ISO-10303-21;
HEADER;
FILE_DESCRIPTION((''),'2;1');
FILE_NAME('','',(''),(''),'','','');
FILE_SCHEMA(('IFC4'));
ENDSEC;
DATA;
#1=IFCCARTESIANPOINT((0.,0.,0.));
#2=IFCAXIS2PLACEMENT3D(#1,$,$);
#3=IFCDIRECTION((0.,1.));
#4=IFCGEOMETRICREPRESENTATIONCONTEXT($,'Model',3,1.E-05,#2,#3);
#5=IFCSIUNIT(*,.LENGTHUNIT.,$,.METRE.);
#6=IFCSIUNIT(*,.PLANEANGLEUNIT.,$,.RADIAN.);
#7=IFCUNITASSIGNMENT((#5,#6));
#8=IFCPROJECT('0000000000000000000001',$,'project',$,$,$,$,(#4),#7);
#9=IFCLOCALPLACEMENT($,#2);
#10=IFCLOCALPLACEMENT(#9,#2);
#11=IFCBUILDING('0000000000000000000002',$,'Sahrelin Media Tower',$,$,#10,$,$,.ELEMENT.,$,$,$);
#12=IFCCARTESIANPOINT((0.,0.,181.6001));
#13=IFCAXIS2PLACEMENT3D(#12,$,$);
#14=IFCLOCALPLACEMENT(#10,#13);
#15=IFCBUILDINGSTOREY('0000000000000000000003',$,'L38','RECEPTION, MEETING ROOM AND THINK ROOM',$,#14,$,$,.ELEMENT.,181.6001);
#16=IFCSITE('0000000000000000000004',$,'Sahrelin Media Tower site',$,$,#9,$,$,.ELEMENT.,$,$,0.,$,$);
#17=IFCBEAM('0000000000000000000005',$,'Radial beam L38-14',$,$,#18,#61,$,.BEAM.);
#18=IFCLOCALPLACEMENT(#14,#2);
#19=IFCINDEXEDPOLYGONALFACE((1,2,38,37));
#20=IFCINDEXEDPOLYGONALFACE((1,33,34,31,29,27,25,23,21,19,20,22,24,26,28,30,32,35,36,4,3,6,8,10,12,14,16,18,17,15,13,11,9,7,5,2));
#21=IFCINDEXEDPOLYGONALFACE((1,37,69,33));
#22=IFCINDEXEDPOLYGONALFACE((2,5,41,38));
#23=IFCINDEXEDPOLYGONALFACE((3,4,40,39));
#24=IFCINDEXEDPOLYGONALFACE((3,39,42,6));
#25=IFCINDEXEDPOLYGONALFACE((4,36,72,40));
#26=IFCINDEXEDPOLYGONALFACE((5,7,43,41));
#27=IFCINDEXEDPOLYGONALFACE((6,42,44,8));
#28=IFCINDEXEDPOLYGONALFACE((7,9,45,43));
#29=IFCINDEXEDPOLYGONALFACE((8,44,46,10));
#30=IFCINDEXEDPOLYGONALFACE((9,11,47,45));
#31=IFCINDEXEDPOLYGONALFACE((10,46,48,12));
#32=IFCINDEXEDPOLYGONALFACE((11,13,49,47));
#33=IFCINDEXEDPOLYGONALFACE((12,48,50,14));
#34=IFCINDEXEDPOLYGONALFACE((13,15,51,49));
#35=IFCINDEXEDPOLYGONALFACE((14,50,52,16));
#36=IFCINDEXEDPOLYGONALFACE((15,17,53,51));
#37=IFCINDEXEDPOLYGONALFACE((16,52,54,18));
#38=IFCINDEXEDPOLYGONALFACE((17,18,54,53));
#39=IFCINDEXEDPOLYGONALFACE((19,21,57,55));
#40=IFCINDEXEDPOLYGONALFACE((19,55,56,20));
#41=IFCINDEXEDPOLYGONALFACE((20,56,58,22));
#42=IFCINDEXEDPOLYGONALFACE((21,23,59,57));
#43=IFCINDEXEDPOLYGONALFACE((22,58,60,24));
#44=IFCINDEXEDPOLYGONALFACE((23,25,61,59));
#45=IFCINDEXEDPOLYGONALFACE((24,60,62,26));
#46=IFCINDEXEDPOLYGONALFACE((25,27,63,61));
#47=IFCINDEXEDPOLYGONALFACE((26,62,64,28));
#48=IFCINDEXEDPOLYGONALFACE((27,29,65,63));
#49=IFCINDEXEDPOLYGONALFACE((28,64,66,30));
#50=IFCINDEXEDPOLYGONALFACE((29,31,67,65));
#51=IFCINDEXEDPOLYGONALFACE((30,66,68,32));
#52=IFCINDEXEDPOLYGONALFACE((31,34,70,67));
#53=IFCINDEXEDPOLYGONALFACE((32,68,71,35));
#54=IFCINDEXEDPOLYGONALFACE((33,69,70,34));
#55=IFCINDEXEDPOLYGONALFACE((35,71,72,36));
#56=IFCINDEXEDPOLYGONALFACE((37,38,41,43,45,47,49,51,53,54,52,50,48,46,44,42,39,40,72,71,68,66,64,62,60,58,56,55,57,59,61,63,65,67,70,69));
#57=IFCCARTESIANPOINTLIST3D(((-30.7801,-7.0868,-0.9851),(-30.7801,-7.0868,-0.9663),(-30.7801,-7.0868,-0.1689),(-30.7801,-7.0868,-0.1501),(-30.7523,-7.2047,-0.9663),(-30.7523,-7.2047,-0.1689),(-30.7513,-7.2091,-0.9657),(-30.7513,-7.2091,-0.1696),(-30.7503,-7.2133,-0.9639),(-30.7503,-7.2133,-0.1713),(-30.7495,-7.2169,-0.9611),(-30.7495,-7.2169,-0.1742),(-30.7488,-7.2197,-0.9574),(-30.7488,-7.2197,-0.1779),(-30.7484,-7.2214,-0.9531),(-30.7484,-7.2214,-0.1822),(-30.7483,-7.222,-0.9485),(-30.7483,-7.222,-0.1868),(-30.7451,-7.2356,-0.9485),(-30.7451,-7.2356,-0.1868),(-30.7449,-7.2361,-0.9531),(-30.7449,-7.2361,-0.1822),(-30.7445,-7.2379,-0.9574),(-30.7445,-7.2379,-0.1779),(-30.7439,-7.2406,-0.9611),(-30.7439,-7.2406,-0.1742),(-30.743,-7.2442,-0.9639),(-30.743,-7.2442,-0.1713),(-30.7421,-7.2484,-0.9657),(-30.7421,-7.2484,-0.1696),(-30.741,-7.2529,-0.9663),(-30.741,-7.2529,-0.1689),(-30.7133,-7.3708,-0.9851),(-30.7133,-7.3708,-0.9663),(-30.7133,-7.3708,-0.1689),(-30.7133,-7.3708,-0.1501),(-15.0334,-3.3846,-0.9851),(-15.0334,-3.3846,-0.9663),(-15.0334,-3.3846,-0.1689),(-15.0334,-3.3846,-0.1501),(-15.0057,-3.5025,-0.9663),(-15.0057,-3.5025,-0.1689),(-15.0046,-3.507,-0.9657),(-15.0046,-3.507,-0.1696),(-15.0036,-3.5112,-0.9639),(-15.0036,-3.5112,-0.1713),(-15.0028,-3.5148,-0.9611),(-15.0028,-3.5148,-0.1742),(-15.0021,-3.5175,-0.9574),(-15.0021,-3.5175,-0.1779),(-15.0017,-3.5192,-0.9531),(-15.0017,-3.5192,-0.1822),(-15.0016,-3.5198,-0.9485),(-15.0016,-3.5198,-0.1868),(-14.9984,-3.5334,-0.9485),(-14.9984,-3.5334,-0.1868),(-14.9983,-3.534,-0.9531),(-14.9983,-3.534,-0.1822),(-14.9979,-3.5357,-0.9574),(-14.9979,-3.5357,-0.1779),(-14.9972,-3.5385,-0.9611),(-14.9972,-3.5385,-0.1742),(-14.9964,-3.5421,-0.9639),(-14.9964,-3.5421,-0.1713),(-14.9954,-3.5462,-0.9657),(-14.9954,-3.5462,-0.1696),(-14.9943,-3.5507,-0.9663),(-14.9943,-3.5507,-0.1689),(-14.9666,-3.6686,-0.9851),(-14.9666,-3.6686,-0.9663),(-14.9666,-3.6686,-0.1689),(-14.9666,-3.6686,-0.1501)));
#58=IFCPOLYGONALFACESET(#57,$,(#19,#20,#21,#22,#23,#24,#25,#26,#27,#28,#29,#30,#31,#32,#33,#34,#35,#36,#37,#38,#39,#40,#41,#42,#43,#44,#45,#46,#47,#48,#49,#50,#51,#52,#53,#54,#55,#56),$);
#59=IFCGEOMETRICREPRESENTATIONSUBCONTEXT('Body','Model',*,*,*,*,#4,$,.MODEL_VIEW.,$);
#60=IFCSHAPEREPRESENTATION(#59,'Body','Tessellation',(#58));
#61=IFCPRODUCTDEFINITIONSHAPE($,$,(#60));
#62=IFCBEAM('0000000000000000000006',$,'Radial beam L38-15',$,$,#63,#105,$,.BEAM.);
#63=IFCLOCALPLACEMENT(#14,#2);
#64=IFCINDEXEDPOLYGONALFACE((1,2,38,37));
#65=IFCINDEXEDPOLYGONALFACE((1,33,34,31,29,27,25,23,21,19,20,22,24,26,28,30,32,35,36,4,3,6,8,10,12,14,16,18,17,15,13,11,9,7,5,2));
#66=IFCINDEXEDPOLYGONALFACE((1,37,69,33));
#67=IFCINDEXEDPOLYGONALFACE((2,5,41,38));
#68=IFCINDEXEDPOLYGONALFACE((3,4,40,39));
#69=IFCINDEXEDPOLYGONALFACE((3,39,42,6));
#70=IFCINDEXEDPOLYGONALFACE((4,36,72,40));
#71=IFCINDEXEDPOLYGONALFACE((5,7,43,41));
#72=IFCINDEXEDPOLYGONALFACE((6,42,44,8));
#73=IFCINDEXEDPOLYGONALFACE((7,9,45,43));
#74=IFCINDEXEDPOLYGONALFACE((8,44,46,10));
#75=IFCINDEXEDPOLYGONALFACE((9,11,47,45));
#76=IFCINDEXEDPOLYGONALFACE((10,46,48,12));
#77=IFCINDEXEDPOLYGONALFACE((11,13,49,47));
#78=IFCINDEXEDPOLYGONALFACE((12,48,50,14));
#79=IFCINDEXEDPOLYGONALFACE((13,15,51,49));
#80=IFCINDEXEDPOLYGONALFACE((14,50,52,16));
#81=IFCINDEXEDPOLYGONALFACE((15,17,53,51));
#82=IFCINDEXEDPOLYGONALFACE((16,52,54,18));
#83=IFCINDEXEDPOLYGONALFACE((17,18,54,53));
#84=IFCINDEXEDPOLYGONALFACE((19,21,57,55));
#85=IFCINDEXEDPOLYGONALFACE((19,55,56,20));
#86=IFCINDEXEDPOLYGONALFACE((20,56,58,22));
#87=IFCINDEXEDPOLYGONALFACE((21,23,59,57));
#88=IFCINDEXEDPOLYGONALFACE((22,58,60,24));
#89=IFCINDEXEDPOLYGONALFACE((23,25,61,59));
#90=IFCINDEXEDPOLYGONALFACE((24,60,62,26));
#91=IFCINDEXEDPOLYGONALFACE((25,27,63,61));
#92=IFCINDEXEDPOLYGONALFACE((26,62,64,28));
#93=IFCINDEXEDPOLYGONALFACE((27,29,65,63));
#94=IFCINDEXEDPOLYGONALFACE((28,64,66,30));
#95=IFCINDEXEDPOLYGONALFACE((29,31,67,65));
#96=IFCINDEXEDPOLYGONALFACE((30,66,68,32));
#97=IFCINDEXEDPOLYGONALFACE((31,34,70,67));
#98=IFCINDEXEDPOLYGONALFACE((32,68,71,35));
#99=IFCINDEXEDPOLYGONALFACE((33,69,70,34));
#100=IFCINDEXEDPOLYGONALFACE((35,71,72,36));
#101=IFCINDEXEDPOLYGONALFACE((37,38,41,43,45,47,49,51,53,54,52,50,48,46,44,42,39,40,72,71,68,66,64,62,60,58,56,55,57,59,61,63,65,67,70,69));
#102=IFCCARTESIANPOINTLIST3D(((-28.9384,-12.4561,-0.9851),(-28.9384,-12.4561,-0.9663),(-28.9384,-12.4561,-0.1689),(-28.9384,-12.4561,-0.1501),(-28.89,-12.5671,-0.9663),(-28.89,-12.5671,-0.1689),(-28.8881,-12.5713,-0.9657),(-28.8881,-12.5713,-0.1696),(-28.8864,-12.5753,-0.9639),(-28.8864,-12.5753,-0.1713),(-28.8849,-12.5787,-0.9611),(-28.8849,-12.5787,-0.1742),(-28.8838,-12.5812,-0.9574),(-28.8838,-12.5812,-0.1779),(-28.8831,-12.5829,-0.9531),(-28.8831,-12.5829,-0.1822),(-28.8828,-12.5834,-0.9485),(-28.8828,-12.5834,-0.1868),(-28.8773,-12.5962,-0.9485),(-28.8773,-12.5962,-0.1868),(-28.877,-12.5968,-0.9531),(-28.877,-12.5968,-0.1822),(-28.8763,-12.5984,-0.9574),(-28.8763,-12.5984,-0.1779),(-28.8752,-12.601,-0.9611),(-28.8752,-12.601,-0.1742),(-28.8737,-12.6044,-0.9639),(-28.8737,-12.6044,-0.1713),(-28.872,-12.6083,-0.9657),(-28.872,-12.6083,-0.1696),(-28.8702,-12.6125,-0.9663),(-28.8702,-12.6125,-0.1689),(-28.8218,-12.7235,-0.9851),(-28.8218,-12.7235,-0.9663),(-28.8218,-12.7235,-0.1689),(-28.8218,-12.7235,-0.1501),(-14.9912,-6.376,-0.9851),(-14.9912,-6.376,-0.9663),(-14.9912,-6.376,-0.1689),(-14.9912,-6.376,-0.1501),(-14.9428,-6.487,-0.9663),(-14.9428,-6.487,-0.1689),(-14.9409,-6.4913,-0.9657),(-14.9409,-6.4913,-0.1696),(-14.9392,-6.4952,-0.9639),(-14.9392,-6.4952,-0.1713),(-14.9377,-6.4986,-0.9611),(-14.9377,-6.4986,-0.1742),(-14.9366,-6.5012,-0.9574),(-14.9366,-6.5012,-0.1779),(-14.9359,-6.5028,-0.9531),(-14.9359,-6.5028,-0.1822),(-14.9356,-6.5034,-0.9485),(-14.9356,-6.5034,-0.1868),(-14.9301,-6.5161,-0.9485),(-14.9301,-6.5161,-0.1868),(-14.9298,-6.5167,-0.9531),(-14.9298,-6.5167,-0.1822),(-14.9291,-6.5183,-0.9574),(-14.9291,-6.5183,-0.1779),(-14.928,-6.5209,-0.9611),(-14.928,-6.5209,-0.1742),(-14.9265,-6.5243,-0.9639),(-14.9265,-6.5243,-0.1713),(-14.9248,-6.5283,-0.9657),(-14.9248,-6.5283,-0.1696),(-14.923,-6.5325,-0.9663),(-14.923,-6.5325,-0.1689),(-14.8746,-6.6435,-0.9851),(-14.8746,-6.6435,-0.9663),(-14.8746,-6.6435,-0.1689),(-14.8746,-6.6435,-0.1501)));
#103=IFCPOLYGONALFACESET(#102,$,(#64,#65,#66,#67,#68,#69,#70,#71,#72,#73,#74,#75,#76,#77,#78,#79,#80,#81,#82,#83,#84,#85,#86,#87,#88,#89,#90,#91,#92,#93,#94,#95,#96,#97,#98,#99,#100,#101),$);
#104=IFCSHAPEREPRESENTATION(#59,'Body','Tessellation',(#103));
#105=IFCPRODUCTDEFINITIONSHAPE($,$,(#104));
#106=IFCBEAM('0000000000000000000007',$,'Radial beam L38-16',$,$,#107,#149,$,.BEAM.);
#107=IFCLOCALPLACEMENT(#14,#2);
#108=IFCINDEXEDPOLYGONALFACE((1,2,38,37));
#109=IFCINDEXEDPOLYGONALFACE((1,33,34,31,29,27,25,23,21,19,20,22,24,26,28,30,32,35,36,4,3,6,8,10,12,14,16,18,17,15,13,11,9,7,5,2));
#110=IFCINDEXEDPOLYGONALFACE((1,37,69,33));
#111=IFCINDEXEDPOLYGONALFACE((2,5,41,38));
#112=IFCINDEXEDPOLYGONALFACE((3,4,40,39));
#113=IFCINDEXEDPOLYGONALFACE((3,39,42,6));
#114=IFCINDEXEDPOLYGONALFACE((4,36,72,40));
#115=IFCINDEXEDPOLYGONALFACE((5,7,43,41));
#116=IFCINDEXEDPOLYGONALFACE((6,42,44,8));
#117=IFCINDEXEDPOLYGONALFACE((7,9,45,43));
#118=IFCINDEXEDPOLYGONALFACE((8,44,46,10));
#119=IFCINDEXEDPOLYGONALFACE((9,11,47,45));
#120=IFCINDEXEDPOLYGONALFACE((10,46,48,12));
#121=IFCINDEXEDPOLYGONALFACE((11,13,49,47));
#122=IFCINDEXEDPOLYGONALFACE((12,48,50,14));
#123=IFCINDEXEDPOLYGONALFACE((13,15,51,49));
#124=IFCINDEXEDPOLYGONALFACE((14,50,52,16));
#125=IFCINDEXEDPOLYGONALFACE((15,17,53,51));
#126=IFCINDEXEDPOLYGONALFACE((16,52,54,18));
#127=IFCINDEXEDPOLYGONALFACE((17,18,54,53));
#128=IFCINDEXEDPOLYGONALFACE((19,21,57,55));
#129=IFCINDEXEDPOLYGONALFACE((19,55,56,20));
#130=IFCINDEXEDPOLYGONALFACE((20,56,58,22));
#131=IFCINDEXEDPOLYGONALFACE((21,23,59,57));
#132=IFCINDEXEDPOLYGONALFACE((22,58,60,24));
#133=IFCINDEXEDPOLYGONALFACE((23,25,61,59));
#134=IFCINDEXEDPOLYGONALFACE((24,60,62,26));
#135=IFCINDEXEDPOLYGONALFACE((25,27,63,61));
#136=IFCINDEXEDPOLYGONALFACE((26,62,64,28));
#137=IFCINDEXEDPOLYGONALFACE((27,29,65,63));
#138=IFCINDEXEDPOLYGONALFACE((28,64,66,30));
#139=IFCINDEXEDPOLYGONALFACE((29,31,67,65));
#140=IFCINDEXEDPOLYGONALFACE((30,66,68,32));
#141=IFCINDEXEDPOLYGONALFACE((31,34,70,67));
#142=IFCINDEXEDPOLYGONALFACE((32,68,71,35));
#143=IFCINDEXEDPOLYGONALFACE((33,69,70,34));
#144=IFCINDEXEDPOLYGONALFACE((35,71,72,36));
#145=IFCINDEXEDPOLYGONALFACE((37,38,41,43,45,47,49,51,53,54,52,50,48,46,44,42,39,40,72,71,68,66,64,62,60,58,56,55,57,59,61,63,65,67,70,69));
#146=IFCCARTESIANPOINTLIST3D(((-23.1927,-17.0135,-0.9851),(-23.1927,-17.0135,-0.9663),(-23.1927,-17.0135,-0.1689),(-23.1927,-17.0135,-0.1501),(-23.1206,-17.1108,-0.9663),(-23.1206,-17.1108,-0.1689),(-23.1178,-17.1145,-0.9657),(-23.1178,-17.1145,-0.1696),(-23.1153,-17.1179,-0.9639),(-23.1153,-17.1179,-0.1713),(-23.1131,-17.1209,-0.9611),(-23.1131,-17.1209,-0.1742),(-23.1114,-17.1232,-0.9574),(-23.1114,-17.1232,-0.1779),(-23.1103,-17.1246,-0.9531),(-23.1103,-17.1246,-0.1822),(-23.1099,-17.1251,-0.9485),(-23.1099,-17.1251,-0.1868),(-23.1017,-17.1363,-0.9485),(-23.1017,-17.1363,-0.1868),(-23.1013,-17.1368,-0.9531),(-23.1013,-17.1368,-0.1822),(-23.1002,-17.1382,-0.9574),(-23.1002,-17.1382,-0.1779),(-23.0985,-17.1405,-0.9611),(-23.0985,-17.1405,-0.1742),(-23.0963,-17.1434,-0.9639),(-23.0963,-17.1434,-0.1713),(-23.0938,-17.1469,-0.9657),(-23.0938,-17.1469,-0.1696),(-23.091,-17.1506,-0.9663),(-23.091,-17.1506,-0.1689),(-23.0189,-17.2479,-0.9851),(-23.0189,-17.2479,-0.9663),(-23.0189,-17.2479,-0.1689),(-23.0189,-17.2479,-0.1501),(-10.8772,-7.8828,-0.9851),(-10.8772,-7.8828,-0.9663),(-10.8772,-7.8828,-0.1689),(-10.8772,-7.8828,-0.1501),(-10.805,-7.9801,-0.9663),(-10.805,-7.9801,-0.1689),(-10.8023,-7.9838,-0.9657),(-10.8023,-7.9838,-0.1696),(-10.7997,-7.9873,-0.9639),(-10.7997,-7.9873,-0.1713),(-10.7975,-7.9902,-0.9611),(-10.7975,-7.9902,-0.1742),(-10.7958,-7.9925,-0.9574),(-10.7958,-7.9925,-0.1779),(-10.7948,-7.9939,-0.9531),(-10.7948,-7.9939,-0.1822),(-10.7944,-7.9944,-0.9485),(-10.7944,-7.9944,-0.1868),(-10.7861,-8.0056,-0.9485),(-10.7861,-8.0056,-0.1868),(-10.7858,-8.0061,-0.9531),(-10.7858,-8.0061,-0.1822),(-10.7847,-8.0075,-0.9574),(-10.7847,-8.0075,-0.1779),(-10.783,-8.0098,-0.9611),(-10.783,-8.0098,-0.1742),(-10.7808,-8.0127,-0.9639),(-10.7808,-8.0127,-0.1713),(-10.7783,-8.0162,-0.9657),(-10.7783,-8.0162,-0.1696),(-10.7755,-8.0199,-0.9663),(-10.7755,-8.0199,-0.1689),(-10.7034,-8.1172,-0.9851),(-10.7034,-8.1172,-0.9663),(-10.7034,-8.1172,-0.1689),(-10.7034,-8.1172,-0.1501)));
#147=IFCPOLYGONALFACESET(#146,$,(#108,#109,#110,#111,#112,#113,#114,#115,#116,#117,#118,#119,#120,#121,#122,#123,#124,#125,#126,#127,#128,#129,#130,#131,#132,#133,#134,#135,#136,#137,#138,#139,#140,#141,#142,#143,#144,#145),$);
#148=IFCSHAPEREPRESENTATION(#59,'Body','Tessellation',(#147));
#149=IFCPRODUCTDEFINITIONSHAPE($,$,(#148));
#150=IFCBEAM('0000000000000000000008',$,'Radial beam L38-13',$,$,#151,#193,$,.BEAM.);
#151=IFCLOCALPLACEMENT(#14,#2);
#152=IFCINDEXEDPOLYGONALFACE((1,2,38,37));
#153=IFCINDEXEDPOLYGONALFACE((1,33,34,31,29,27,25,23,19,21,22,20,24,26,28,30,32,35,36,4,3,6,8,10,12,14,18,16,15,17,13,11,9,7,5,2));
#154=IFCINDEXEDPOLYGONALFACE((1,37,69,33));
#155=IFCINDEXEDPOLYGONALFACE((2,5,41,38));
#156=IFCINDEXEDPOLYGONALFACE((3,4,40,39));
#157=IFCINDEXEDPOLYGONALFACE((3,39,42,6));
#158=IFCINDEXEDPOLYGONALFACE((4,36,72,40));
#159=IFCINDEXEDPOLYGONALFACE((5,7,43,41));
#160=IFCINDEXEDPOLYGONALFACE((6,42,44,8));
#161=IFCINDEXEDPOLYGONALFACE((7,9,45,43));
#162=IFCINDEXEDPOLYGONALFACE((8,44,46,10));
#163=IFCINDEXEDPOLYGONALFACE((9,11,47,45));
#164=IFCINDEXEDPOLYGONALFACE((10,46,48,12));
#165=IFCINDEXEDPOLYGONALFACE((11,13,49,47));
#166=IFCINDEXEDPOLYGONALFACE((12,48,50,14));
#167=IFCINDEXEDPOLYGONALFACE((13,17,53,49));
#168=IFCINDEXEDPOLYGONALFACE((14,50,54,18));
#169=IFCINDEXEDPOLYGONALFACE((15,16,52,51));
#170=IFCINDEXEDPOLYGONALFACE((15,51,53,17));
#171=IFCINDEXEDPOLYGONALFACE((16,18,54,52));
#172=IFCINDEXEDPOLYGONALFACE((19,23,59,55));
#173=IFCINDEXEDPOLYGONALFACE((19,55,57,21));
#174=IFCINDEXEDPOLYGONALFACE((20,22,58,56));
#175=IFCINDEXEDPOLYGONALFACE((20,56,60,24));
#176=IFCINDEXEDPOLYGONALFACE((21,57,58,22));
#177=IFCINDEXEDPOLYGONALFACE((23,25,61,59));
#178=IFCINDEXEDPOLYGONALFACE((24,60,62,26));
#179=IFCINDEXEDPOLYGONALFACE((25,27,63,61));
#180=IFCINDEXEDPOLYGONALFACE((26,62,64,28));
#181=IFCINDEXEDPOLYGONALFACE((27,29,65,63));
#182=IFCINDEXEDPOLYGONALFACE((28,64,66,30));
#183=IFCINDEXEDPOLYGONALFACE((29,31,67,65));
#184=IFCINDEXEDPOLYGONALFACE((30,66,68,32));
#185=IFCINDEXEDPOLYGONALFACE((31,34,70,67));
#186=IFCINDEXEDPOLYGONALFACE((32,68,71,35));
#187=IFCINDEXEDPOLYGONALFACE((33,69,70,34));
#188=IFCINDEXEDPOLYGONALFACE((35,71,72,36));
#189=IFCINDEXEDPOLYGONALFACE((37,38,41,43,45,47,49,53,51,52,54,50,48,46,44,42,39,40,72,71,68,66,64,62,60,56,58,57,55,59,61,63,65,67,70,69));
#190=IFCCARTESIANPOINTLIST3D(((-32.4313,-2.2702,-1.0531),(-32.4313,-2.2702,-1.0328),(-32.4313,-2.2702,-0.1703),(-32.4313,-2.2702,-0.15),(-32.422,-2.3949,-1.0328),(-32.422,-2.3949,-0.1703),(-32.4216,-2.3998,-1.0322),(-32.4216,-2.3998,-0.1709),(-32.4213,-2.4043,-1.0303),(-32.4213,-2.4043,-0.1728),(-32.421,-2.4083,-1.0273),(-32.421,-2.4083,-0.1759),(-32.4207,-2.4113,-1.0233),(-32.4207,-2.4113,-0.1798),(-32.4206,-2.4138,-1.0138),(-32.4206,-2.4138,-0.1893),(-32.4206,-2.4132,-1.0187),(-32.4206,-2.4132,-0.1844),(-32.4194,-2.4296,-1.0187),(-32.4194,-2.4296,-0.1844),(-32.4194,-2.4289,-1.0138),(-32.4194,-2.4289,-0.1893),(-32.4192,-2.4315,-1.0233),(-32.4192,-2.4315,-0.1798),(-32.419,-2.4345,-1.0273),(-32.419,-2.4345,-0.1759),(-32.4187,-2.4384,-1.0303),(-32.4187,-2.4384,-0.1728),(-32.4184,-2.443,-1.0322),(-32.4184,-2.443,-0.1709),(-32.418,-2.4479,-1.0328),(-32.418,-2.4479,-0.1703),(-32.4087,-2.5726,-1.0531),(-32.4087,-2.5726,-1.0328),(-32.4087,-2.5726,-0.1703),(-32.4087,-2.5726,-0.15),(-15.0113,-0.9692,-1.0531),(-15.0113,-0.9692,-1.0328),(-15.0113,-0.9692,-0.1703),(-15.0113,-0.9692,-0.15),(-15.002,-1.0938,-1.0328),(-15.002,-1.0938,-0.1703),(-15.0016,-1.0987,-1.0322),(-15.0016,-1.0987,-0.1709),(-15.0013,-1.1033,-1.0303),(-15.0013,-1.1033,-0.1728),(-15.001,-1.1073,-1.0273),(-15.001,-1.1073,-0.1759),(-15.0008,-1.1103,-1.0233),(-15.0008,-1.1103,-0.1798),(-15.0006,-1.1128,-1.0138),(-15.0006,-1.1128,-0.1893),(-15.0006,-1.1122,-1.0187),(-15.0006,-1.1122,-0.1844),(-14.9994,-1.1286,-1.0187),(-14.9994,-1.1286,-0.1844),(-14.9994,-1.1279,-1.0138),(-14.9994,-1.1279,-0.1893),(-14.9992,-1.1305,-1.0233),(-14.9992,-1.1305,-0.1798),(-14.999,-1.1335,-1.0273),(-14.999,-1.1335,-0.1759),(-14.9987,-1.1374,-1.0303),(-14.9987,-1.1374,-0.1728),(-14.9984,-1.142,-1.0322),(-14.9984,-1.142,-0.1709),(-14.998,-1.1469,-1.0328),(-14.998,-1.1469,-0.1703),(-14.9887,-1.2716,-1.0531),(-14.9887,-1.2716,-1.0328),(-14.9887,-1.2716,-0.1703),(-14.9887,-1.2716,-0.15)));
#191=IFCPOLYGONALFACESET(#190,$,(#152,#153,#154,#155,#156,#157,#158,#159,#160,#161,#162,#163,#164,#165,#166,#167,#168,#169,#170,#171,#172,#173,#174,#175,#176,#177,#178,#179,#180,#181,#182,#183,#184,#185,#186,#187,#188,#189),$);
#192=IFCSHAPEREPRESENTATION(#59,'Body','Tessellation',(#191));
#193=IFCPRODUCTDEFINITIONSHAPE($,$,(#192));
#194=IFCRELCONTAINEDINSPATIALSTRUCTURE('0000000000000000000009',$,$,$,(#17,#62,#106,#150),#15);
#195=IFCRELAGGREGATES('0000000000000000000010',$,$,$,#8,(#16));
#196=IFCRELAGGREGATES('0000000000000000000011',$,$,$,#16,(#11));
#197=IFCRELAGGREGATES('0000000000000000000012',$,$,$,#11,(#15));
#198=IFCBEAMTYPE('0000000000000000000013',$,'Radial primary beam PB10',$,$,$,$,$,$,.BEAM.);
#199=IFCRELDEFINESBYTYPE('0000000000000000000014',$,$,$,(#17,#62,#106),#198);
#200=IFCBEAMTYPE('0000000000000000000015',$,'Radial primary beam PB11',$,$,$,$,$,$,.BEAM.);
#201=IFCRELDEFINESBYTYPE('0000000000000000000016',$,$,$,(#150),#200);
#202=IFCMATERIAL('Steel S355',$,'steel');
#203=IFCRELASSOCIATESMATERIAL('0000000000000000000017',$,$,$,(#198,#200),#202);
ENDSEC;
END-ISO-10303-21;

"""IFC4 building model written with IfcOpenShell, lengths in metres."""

from ifc_helpers import new_model, si_unit, direction, frame, origin, origin_2d, place, context, subcontext, project, spatial, i_section, extrude, material, material_profile, profile_set, type_object, element, save


model = new_model("IFC4")

# Units and contexts
model_context = context("Model", 3, precision=1e-05, world=origin(), true_north=direction((0.0, 1.0)))
body_context = subcontext(model_context, "Body", "Model", "MODEL_VIEW")
ifc_project = project(units=[si_unit("LENGTHUNIT", "METRE"), si_unit("PLANEANGLEUNIT", "RADIAN")], contexts=[model_context])

# Site, building, storey
site_placement = place(None, origin())
site = spatial("IfcSite", under=ifc_project, at=site_placement, Name="Sahrelin Media Tower site", CompositionType="ELEMENT", RefElevation=0.0)
building_placement = place(site_placement, origin())
building = spatial("IfcBuilding", under=site, at=building_placement, Name="Sahrelin Media Tower", CompositionType="ELEMENT")
storey_placement = place(building_placement, frame((0.0, 0.0, 181.6001)))
storey = spatial("IfcBuildingStorey", under=building, at=storey_placement, Name="L38", Description="RECEPTION, MEETING ROOM AND THINK ROOM", CompositionType="ELEMENT", Elevation=181.6001)

# Beams
ifc_material_1 = material(Name="Steel S355", Category="steel")
ifc_material_profile_1 = material_profile(ifc_material_1, i_section(OverallWidth=0.2917, OverallDepth=0.835, WebThickness=0.0139, FlangeThickness=0.0188, FilletRadius=0.0178, at=origin_2d()), Name="UB 838x292x176")
ifc_profile_set_1 = profile_set([ifc_material_profile_1], Name="Steel S355")
beam_type_1 = type_object("IfcBeamType", Name="Radial primary beam PB10", PredefinedType="BEAM", material=ifc_profile_set_1)
beam_1_placement = place(storey_placement, frame((-15.0, -3.5266, -0.5676), z_axis=(-0.973458, -0.228868, 0.0), x_axis=(0.228868, -0.973458, 0.0)))
element("IfcBeam", 1, at=beam_1_placement, inside=storey, type_object=beam_type_1, Name="Radial beam L38-14", PredefinedType="BEAM", context=body_context, shape_type="SweptSolid", body=[
    extrude(i_section(OverallWidth=0.2917, OverallDepth=0.835, WebThickness=0.0139, FlangeThickness=0.0188, FilletRadius=0.0178, at=origin_2d()), origin(), (0.0, 0.0, 1.0), 16.176),
])
beam_2_placement = place(storey_placement, frame((-14.9329, -6.5098, -0.5676), z_axis=(-0.916684, -0.399613, 0.0), x_axis=(0.399613, -0.916684, 0.0)))
element("IfcBeam", 2, at=beam_2_placement, inside=storey, type_object=beam_type_1, Name="Radial beam L38-15", PredefinedType="BEAM", context=body_context, shape_type="SweptSolid", body=[
    extrude(i_section(OverallWidth=0.2917, OverallDepth=0.835, WebThickness=0.0139, FlangeThickness=0.0188, FilletRadius=0.0178, at=origin_2d()), origin(), (0.0, 0.0, 1.0), 15.2148),
])
beam_3_placement = place(storey_placement, frame((-10.7903, -8.0, -0.5676), z_axis=(-0.803305, -0.595568, 0.0), x_axis=(0.595568, -0.803305, 0.0)))
element("IfcBeam", 3, at=beam_3_placement, inside=storey, type_object=beam_type_1, Name="Radial beam L38-16", PredefinedType="BEAM", context=body_context, shape_type="SweptSolid", body=[
    extrude(i_section(OverallWidth=0.2917, OverallDepth=0.835, WebThickness=0.0139, FlangeThickness=0.0188, FilletRadius=0.0178, at=origin_2d()), origin(), (0.0, 0.0, 1.0), 15.3311),
])
ifc_material_profile_2 = material_profile(ifc_material_1, i_section(OverallWidth=0.3032, OverallDepth=0.9031, WebThickness=0.0151, FlangeThickness=0.0203, FilletRadius=0.019, at=origin_2d()), Name="UB 914x305x201")
ifc_profile_set_2 = profile_set([ifc_material_profile_2], Name="Steel S355")
beam_type_2 = type_object("IfcBeamType", Name="Radial primary beam PB11", PredefinedType="BEAM", material=ifc_profile_set_2)
beam_4_placement = place(storey_placement, frame((-15.0, -1.1204, -0.6016), z_axis=(-0.997223, -0.074479, 0.0), x_axis=(0.074479, -0.997223, 0.0)))
element("IfcBeam", 4, at=beam_4_placement, inside=storey, type_object=beam_type_2, Name="Radial beam L38-13", PredefinedType="BEAM", context=body_context, shape_type="SweptSolid", body=[
    extrude(i_section(OverallWidth=0.3032, OverallDepth=0.9031, WebThickness=0.0151, FlangeThickness=0.0203, FilletRadius=0.019, at=origin_2d()), origin(), (0.0, 0.0, 1.0), 17.4685),
])

save(model, "model.ifc")
